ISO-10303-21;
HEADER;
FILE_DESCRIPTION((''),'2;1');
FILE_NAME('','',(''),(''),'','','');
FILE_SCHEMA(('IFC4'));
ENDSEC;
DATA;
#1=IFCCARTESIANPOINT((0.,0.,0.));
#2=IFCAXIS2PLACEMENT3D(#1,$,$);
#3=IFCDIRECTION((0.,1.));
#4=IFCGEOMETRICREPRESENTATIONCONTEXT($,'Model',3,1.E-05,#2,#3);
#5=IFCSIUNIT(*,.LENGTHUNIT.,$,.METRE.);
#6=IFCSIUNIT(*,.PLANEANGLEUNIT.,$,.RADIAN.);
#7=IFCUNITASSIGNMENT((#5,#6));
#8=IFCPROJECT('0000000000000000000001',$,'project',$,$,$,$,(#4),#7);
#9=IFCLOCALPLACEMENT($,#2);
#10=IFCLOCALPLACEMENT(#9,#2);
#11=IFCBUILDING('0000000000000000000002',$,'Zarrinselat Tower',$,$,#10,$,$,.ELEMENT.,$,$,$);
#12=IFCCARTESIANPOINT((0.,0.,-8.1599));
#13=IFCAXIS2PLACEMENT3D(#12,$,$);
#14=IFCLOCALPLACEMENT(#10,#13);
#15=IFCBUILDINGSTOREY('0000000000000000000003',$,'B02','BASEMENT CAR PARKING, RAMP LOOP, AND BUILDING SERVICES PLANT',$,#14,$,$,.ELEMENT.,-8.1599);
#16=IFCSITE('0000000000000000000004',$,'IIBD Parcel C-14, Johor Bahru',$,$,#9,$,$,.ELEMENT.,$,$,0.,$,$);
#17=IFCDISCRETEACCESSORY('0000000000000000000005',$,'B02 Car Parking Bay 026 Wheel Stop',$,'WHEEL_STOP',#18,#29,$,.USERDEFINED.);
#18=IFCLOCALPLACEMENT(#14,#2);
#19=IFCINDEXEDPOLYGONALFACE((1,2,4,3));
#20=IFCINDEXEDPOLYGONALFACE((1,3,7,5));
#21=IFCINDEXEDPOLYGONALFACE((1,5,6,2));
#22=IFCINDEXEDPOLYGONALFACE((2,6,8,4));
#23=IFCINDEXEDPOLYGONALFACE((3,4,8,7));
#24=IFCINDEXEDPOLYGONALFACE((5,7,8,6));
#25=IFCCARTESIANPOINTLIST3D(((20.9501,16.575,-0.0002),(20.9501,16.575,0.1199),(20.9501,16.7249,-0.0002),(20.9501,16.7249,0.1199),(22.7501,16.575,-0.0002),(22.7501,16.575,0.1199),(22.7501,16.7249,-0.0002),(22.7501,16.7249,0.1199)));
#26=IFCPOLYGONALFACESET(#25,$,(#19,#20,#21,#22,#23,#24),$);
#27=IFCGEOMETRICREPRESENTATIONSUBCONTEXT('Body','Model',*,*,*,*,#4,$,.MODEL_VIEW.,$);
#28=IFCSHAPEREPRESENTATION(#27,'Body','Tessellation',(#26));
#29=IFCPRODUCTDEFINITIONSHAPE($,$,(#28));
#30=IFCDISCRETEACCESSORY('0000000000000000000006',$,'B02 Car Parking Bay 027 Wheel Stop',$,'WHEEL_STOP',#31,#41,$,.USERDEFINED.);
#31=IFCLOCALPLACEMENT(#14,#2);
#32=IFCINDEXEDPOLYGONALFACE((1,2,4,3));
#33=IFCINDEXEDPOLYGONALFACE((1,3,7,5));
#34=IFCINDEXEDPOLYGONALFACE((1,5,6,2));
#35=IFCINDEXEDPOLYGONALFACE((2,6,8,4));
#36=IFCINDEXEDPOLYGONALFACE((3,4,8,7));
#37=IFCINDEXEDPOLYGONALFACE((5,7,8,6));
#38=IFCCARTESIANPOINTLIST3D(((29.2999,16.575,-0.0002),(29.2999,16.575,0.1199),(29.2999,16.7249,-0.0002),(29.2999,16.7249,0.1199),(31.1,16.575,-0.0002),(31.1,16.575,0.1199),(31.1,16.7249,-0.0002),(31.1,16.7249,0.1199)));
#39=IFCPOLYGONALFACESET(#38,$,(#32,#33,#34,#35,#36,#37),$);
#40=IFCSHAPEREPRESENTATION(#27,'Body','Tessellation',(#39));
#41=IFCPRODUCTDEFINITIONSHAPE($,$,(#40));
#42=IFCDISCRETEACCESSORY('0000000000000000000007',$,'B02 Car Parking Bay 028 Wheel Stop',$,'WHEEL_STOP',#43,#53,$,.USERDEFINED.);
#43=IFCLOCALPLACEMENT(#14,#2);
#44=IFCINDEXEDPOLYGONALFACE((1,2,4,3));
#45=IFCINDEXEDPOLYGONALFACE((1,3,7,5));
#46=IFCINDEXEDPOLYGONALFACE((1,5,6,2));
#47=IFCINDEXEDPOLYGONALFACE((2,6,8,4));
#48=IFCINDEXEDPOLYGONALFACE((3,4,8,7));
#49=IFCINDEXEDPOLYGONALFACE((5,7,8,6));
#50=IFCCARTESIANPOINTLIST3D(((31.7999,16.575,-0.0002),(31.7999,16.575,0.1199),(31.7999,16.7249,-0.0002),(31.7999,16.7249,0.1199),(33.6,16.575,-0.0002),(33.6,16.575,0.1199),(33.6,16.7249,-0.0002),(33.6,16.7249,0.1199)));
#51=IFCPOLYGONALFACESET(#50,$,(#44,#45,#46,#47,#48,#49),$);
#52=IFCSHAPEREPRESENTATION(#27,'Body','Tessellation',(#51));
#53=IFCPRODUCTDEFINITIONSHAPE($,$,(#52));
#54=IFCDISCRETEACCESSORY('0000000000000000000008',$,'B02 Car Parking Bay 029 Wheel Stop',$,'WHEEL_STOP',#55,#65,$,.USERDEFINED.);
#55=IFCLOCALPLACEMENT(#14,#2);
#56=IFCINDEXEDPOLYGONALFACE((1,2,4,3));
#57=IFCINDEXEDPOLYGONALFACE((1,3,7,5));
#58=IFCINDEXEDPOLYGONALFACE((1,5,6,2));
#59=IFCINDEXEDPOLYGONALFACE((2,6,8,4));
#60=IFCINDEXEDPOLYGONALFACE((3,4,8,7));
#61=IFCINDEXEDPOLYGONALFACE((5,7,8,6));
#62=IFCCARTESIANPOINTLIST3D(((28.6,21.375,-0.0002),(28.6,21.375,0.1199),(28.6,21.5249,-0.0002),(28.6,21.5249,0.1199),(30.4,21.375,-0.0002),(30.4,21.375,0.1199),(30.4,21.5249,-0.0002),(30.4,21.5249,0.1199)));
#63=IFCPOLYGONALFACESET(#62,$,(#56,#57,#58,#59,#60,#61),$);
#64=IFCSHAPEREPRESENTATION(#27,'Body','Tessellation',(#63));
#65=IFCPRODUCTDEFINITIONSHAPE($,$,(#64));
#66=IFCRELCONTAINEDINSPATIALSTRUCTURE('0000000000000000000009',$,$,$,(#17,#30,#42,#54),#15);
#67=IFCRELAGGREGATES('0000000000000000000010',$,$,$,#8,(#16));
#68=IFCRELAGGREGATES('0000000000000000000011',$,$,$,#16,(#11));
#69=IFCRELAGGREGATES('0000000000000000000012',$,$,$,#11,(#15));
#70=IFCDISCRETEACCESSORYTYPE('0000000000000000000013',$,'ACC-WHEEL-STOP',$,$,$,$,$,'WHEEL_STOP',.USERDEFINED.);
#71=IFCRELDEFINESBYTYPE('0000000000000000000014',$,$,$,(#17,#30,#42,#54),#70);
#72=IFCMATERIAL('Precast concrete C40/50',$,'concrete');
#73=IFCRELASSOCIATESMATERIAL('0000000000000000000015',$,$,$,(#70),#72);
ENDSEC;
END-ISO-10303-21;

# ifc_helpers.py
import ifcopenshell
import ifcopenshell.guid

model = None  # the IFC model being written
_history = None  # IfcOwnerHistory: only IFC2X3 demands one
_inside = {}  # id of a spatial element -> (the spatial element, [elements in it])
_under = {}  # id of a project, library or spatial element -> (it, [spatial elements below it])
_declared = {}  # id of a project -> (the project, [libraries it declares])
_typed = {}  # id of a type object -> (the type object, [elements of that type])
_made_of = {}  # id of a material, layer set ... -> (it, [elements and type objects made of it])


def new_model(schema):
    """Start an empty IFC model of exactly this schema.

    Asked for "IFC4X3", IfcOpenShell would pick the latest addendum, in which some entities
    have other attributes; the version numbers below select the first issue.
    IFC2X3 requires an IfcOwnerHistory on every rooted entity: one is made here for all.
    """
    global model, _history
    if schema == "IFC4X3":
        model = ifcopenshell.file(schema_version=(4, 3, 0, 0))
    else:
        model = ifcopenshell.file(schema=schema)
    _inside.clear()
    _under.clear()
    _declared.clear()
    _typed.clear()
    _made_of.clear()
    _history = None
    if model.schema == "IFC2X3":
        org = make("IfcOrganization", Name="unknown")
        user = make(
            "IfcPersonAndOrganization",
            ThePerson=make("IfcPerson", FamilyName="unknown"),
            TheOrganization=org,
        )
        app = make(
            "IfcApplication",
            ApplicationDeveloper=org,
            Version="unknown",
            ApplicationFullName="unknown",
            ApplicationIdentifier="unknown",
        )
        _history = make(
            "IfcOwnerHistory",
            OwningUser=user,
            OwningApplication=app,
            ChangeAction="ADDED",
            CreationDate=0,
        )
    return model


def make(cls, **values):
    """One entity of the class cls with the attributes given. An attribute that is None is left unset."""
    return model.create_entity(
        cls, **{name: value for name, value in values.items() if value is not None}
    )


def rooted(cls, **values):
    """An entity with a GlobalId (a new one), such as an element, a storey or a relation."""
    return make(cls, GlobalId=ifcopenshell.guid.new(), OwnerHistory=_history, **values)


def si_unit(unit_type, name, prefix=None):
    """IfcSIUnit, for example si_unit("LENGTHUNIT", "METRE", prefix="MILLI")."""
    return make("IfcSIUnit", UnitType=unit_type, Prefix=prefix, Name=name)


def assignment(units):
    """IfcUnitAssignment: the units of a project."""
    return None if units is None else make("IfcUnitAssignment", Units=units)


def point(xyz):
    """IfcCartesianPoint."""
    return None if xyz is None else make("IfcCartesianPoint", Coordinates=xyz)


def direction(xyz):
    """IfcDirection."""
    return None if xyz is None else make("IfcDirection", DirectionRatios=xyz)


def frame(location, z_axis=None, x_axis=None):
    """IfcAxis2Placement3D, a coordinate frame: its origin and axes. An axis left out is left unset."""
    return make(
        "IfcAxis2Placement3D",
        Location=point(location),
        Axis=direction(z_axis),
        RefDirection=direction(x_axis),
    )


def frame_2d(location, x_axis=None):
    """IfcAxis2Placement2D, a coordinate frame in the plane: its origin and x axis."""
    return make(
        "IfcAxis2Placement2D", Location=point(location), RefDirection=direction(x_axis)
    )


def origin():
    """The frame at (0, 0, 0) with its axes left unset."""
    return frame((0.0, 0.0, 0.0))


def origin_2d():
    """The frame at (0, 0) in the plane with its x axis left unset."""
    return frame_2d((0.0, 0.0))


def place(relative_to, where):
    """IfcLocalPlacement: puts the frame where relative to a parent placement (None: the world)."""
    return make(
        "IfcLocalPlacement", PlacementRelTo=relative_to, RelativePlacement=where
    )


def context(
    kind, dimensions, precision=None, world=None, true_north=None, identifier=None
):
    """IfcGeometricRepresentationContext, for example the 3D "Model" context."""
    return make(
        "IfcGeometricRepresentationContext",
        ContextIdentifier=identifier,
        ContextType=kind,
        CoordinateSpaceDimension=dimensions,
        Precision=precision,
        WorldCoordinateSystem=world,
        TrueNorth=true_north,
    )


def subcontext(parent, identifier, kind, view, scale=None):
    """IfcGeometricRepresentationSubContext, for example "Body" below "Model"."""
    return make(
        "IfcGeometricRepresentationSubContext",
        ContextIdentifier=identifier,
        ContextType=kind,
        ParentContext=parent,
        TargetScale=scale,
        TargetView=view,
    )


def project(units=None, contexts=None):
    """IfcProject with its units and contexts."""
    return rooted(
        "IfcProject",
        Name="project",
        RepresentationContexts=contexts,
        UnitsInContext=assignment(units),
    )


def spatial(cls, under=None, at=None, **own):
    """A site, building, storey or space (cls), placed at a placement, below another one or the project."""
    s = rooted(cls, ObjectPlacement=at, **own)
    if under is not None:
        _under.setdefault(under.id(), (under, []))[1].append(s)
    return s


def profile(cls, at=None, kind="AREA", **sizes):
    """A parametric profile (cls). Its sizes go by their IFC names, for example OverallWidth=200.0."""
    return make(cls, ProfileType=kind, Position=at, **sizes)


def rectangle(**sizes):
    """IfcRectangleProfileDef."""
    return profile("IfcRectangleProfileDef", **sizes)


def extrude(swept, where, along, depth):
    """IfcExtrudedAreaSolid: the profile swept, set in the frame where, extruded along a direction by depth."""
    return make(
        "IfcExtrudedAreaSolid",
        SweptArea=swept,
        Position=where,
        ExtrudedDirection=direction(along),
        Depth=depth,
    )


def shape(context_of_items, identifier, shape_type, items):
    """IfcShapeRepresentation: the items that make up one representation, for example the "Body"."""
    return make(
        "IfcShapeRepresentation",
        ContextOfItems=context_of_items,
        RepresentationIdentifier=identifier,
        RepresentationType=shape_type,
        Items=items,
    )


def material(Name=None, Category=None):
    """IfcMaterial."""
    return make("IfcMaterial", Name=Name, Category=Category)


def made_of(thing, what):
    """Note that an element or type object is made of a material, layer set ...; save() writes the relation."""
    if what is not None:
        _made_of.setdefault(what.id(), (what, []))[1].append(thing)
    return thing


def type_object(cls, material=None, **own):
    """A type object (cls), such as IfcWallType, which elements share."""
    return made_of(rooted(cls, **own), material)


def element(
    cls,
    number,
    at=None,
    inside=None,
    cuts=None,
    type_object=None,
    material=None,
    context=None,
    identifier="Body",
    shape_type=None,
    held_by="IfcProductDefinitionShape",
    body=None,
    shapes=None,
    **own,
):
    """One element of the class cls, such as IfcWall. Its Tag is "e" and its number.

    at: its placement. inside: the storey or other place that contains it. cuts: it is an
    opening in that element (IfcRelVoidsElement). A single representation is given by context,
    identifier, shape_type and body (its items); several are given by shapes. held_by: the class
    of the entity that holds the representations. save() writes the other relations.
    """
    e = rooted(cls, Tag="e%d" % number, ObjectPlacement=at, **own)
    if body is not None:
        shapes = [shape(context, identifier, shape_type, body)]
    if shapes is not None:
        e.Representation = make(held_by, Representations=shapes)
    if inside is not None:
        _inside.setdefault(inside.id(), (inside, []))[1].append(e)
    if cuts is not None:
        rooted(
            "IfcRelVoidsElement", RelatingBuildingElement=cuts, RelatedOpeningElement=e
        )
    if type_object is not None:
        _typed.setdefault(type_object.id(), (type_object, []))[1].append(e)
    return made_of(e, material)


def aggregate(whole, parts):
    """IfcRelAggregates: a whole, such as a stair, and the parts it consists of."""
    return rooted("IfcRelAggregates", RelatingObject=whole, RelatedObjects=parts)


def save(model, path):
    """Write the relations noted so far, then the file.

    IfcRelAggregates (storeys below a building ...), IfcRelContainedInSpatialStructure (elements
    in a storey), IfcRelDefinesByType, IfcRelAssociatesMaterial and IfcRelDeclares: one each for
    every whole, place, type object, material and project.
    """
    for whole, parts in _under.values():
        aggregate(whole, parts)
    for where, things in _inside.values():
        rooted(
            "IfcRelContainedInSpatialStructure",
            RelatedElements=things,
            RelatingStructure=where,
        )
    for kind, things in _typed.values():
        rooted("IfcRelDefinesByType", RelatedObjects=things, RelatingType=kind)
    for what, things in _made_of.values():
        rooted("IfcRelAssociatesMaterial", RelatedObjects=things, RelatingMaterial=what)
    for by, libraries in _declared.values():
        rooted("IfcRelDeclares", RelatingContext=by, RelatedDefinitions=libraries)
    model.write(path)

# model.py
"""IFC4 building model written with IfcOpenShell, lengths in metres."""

from ifc_helpers import new_model, si_unit, direction, frame, origin, origin_2d, place, context, subcontext, project, spatial, rectangle, extrude, material, type_object, element, save


model = new_model("IFC4")

# Units and contexts
model_context = context("Model", 3, precision=1e-05, world=origin(), true_north=direction((0.0, 1.0)))
body_context = subcontext(model_context, "Body", "Model", "MODEL_VIEW")
ifc_project = project(units=[si_unit("LENGTHUNIT", "METRE"), si_unit("PLANEANGLEUNIT", "RADIAN")], contexts=[model_context])

# Site, building, storey
site_placement = place(None, origin())
site = spatial("IfcSite", under=ifc_project, at=site_placement, Name="IIBD Parcel C-14, Johor Bahru", CompositionType="ELEMENT", RefElevation=0.0)
building_placement = place(site_placement, origin())
building = spatial("IfcBuilding", under=site, at=building_placement, Name="Zarrinselat Tower", CompositionType="ELEMENT")
storey_placement = place(building_placement, frame((0.0, 0.0, -8.1599)))
storey = spatial("IfcBuildingStorey", under=building, at=storey_placement, Name="B02", Description="BASEMENT CAR PARKING, RAMP LOOP, AND BUILDING SERVICES PLANT", CompositionType="ELEMENT", Elevation=-8.1599)

# Discrete accessories
ifc_material_1 = material(Name="Precast concrete C40/50", Category="concrete")
discrete_accessory_type = type_object("IfcDiscreteAccessoryType", Name="ACC-WHEEL-STOP", ElementType="WHEEL_STOP", PredefinedType="USERDEFINED", material=ifc_material_1)
for number, where, z_axis, x_axis, name in (
    (1, (21.8501, 16.6499, -0.0002), (0.0, 0.0, 1.0), (1.0, 0.0, 0.0), "B02 Car Parking Bay 026 Wheel Stop"),
    (2, (30.2, 16.6499, -0.0002), (0.0, 0.0, 1.0), (1.0, 0.0, 0.0), "B02 Car Parking Bay 027 Wheel Stop"),
    (3, (32.7, 16.6499, -0.0002), (0.0, 0.0, 1.0), (1.0, 0.0, 0.0), "B02 Car Parking Bay 028 Wheel Stop"),
    (4, (29.5, 21.45, -0.0002), (0.0, 0.0, 1.0), (1.0, 0.0, 0.0), "B02 Car Parking Bay 029 Wheel Stop"),
):
    element("IfcDiscreteAccessory", number, at=place(storey_placement, frame(where, z_axis=z_axis, x_axis=x_axis)), inside=storey, type_object=discrete_accessory_type, Name=name, ObjectType="WHEEL_STOP", PredefinedType="USERDEFINED", context=body_context, shape_type="SweptSolid", body=[
        extrude(rectangle(XDim=1.8, YDim=0.1499, at=origin_2d()), origin(), (0.0, 0.0, 1.0), 0.1201),
    ])

save(model, "model.ifc")
